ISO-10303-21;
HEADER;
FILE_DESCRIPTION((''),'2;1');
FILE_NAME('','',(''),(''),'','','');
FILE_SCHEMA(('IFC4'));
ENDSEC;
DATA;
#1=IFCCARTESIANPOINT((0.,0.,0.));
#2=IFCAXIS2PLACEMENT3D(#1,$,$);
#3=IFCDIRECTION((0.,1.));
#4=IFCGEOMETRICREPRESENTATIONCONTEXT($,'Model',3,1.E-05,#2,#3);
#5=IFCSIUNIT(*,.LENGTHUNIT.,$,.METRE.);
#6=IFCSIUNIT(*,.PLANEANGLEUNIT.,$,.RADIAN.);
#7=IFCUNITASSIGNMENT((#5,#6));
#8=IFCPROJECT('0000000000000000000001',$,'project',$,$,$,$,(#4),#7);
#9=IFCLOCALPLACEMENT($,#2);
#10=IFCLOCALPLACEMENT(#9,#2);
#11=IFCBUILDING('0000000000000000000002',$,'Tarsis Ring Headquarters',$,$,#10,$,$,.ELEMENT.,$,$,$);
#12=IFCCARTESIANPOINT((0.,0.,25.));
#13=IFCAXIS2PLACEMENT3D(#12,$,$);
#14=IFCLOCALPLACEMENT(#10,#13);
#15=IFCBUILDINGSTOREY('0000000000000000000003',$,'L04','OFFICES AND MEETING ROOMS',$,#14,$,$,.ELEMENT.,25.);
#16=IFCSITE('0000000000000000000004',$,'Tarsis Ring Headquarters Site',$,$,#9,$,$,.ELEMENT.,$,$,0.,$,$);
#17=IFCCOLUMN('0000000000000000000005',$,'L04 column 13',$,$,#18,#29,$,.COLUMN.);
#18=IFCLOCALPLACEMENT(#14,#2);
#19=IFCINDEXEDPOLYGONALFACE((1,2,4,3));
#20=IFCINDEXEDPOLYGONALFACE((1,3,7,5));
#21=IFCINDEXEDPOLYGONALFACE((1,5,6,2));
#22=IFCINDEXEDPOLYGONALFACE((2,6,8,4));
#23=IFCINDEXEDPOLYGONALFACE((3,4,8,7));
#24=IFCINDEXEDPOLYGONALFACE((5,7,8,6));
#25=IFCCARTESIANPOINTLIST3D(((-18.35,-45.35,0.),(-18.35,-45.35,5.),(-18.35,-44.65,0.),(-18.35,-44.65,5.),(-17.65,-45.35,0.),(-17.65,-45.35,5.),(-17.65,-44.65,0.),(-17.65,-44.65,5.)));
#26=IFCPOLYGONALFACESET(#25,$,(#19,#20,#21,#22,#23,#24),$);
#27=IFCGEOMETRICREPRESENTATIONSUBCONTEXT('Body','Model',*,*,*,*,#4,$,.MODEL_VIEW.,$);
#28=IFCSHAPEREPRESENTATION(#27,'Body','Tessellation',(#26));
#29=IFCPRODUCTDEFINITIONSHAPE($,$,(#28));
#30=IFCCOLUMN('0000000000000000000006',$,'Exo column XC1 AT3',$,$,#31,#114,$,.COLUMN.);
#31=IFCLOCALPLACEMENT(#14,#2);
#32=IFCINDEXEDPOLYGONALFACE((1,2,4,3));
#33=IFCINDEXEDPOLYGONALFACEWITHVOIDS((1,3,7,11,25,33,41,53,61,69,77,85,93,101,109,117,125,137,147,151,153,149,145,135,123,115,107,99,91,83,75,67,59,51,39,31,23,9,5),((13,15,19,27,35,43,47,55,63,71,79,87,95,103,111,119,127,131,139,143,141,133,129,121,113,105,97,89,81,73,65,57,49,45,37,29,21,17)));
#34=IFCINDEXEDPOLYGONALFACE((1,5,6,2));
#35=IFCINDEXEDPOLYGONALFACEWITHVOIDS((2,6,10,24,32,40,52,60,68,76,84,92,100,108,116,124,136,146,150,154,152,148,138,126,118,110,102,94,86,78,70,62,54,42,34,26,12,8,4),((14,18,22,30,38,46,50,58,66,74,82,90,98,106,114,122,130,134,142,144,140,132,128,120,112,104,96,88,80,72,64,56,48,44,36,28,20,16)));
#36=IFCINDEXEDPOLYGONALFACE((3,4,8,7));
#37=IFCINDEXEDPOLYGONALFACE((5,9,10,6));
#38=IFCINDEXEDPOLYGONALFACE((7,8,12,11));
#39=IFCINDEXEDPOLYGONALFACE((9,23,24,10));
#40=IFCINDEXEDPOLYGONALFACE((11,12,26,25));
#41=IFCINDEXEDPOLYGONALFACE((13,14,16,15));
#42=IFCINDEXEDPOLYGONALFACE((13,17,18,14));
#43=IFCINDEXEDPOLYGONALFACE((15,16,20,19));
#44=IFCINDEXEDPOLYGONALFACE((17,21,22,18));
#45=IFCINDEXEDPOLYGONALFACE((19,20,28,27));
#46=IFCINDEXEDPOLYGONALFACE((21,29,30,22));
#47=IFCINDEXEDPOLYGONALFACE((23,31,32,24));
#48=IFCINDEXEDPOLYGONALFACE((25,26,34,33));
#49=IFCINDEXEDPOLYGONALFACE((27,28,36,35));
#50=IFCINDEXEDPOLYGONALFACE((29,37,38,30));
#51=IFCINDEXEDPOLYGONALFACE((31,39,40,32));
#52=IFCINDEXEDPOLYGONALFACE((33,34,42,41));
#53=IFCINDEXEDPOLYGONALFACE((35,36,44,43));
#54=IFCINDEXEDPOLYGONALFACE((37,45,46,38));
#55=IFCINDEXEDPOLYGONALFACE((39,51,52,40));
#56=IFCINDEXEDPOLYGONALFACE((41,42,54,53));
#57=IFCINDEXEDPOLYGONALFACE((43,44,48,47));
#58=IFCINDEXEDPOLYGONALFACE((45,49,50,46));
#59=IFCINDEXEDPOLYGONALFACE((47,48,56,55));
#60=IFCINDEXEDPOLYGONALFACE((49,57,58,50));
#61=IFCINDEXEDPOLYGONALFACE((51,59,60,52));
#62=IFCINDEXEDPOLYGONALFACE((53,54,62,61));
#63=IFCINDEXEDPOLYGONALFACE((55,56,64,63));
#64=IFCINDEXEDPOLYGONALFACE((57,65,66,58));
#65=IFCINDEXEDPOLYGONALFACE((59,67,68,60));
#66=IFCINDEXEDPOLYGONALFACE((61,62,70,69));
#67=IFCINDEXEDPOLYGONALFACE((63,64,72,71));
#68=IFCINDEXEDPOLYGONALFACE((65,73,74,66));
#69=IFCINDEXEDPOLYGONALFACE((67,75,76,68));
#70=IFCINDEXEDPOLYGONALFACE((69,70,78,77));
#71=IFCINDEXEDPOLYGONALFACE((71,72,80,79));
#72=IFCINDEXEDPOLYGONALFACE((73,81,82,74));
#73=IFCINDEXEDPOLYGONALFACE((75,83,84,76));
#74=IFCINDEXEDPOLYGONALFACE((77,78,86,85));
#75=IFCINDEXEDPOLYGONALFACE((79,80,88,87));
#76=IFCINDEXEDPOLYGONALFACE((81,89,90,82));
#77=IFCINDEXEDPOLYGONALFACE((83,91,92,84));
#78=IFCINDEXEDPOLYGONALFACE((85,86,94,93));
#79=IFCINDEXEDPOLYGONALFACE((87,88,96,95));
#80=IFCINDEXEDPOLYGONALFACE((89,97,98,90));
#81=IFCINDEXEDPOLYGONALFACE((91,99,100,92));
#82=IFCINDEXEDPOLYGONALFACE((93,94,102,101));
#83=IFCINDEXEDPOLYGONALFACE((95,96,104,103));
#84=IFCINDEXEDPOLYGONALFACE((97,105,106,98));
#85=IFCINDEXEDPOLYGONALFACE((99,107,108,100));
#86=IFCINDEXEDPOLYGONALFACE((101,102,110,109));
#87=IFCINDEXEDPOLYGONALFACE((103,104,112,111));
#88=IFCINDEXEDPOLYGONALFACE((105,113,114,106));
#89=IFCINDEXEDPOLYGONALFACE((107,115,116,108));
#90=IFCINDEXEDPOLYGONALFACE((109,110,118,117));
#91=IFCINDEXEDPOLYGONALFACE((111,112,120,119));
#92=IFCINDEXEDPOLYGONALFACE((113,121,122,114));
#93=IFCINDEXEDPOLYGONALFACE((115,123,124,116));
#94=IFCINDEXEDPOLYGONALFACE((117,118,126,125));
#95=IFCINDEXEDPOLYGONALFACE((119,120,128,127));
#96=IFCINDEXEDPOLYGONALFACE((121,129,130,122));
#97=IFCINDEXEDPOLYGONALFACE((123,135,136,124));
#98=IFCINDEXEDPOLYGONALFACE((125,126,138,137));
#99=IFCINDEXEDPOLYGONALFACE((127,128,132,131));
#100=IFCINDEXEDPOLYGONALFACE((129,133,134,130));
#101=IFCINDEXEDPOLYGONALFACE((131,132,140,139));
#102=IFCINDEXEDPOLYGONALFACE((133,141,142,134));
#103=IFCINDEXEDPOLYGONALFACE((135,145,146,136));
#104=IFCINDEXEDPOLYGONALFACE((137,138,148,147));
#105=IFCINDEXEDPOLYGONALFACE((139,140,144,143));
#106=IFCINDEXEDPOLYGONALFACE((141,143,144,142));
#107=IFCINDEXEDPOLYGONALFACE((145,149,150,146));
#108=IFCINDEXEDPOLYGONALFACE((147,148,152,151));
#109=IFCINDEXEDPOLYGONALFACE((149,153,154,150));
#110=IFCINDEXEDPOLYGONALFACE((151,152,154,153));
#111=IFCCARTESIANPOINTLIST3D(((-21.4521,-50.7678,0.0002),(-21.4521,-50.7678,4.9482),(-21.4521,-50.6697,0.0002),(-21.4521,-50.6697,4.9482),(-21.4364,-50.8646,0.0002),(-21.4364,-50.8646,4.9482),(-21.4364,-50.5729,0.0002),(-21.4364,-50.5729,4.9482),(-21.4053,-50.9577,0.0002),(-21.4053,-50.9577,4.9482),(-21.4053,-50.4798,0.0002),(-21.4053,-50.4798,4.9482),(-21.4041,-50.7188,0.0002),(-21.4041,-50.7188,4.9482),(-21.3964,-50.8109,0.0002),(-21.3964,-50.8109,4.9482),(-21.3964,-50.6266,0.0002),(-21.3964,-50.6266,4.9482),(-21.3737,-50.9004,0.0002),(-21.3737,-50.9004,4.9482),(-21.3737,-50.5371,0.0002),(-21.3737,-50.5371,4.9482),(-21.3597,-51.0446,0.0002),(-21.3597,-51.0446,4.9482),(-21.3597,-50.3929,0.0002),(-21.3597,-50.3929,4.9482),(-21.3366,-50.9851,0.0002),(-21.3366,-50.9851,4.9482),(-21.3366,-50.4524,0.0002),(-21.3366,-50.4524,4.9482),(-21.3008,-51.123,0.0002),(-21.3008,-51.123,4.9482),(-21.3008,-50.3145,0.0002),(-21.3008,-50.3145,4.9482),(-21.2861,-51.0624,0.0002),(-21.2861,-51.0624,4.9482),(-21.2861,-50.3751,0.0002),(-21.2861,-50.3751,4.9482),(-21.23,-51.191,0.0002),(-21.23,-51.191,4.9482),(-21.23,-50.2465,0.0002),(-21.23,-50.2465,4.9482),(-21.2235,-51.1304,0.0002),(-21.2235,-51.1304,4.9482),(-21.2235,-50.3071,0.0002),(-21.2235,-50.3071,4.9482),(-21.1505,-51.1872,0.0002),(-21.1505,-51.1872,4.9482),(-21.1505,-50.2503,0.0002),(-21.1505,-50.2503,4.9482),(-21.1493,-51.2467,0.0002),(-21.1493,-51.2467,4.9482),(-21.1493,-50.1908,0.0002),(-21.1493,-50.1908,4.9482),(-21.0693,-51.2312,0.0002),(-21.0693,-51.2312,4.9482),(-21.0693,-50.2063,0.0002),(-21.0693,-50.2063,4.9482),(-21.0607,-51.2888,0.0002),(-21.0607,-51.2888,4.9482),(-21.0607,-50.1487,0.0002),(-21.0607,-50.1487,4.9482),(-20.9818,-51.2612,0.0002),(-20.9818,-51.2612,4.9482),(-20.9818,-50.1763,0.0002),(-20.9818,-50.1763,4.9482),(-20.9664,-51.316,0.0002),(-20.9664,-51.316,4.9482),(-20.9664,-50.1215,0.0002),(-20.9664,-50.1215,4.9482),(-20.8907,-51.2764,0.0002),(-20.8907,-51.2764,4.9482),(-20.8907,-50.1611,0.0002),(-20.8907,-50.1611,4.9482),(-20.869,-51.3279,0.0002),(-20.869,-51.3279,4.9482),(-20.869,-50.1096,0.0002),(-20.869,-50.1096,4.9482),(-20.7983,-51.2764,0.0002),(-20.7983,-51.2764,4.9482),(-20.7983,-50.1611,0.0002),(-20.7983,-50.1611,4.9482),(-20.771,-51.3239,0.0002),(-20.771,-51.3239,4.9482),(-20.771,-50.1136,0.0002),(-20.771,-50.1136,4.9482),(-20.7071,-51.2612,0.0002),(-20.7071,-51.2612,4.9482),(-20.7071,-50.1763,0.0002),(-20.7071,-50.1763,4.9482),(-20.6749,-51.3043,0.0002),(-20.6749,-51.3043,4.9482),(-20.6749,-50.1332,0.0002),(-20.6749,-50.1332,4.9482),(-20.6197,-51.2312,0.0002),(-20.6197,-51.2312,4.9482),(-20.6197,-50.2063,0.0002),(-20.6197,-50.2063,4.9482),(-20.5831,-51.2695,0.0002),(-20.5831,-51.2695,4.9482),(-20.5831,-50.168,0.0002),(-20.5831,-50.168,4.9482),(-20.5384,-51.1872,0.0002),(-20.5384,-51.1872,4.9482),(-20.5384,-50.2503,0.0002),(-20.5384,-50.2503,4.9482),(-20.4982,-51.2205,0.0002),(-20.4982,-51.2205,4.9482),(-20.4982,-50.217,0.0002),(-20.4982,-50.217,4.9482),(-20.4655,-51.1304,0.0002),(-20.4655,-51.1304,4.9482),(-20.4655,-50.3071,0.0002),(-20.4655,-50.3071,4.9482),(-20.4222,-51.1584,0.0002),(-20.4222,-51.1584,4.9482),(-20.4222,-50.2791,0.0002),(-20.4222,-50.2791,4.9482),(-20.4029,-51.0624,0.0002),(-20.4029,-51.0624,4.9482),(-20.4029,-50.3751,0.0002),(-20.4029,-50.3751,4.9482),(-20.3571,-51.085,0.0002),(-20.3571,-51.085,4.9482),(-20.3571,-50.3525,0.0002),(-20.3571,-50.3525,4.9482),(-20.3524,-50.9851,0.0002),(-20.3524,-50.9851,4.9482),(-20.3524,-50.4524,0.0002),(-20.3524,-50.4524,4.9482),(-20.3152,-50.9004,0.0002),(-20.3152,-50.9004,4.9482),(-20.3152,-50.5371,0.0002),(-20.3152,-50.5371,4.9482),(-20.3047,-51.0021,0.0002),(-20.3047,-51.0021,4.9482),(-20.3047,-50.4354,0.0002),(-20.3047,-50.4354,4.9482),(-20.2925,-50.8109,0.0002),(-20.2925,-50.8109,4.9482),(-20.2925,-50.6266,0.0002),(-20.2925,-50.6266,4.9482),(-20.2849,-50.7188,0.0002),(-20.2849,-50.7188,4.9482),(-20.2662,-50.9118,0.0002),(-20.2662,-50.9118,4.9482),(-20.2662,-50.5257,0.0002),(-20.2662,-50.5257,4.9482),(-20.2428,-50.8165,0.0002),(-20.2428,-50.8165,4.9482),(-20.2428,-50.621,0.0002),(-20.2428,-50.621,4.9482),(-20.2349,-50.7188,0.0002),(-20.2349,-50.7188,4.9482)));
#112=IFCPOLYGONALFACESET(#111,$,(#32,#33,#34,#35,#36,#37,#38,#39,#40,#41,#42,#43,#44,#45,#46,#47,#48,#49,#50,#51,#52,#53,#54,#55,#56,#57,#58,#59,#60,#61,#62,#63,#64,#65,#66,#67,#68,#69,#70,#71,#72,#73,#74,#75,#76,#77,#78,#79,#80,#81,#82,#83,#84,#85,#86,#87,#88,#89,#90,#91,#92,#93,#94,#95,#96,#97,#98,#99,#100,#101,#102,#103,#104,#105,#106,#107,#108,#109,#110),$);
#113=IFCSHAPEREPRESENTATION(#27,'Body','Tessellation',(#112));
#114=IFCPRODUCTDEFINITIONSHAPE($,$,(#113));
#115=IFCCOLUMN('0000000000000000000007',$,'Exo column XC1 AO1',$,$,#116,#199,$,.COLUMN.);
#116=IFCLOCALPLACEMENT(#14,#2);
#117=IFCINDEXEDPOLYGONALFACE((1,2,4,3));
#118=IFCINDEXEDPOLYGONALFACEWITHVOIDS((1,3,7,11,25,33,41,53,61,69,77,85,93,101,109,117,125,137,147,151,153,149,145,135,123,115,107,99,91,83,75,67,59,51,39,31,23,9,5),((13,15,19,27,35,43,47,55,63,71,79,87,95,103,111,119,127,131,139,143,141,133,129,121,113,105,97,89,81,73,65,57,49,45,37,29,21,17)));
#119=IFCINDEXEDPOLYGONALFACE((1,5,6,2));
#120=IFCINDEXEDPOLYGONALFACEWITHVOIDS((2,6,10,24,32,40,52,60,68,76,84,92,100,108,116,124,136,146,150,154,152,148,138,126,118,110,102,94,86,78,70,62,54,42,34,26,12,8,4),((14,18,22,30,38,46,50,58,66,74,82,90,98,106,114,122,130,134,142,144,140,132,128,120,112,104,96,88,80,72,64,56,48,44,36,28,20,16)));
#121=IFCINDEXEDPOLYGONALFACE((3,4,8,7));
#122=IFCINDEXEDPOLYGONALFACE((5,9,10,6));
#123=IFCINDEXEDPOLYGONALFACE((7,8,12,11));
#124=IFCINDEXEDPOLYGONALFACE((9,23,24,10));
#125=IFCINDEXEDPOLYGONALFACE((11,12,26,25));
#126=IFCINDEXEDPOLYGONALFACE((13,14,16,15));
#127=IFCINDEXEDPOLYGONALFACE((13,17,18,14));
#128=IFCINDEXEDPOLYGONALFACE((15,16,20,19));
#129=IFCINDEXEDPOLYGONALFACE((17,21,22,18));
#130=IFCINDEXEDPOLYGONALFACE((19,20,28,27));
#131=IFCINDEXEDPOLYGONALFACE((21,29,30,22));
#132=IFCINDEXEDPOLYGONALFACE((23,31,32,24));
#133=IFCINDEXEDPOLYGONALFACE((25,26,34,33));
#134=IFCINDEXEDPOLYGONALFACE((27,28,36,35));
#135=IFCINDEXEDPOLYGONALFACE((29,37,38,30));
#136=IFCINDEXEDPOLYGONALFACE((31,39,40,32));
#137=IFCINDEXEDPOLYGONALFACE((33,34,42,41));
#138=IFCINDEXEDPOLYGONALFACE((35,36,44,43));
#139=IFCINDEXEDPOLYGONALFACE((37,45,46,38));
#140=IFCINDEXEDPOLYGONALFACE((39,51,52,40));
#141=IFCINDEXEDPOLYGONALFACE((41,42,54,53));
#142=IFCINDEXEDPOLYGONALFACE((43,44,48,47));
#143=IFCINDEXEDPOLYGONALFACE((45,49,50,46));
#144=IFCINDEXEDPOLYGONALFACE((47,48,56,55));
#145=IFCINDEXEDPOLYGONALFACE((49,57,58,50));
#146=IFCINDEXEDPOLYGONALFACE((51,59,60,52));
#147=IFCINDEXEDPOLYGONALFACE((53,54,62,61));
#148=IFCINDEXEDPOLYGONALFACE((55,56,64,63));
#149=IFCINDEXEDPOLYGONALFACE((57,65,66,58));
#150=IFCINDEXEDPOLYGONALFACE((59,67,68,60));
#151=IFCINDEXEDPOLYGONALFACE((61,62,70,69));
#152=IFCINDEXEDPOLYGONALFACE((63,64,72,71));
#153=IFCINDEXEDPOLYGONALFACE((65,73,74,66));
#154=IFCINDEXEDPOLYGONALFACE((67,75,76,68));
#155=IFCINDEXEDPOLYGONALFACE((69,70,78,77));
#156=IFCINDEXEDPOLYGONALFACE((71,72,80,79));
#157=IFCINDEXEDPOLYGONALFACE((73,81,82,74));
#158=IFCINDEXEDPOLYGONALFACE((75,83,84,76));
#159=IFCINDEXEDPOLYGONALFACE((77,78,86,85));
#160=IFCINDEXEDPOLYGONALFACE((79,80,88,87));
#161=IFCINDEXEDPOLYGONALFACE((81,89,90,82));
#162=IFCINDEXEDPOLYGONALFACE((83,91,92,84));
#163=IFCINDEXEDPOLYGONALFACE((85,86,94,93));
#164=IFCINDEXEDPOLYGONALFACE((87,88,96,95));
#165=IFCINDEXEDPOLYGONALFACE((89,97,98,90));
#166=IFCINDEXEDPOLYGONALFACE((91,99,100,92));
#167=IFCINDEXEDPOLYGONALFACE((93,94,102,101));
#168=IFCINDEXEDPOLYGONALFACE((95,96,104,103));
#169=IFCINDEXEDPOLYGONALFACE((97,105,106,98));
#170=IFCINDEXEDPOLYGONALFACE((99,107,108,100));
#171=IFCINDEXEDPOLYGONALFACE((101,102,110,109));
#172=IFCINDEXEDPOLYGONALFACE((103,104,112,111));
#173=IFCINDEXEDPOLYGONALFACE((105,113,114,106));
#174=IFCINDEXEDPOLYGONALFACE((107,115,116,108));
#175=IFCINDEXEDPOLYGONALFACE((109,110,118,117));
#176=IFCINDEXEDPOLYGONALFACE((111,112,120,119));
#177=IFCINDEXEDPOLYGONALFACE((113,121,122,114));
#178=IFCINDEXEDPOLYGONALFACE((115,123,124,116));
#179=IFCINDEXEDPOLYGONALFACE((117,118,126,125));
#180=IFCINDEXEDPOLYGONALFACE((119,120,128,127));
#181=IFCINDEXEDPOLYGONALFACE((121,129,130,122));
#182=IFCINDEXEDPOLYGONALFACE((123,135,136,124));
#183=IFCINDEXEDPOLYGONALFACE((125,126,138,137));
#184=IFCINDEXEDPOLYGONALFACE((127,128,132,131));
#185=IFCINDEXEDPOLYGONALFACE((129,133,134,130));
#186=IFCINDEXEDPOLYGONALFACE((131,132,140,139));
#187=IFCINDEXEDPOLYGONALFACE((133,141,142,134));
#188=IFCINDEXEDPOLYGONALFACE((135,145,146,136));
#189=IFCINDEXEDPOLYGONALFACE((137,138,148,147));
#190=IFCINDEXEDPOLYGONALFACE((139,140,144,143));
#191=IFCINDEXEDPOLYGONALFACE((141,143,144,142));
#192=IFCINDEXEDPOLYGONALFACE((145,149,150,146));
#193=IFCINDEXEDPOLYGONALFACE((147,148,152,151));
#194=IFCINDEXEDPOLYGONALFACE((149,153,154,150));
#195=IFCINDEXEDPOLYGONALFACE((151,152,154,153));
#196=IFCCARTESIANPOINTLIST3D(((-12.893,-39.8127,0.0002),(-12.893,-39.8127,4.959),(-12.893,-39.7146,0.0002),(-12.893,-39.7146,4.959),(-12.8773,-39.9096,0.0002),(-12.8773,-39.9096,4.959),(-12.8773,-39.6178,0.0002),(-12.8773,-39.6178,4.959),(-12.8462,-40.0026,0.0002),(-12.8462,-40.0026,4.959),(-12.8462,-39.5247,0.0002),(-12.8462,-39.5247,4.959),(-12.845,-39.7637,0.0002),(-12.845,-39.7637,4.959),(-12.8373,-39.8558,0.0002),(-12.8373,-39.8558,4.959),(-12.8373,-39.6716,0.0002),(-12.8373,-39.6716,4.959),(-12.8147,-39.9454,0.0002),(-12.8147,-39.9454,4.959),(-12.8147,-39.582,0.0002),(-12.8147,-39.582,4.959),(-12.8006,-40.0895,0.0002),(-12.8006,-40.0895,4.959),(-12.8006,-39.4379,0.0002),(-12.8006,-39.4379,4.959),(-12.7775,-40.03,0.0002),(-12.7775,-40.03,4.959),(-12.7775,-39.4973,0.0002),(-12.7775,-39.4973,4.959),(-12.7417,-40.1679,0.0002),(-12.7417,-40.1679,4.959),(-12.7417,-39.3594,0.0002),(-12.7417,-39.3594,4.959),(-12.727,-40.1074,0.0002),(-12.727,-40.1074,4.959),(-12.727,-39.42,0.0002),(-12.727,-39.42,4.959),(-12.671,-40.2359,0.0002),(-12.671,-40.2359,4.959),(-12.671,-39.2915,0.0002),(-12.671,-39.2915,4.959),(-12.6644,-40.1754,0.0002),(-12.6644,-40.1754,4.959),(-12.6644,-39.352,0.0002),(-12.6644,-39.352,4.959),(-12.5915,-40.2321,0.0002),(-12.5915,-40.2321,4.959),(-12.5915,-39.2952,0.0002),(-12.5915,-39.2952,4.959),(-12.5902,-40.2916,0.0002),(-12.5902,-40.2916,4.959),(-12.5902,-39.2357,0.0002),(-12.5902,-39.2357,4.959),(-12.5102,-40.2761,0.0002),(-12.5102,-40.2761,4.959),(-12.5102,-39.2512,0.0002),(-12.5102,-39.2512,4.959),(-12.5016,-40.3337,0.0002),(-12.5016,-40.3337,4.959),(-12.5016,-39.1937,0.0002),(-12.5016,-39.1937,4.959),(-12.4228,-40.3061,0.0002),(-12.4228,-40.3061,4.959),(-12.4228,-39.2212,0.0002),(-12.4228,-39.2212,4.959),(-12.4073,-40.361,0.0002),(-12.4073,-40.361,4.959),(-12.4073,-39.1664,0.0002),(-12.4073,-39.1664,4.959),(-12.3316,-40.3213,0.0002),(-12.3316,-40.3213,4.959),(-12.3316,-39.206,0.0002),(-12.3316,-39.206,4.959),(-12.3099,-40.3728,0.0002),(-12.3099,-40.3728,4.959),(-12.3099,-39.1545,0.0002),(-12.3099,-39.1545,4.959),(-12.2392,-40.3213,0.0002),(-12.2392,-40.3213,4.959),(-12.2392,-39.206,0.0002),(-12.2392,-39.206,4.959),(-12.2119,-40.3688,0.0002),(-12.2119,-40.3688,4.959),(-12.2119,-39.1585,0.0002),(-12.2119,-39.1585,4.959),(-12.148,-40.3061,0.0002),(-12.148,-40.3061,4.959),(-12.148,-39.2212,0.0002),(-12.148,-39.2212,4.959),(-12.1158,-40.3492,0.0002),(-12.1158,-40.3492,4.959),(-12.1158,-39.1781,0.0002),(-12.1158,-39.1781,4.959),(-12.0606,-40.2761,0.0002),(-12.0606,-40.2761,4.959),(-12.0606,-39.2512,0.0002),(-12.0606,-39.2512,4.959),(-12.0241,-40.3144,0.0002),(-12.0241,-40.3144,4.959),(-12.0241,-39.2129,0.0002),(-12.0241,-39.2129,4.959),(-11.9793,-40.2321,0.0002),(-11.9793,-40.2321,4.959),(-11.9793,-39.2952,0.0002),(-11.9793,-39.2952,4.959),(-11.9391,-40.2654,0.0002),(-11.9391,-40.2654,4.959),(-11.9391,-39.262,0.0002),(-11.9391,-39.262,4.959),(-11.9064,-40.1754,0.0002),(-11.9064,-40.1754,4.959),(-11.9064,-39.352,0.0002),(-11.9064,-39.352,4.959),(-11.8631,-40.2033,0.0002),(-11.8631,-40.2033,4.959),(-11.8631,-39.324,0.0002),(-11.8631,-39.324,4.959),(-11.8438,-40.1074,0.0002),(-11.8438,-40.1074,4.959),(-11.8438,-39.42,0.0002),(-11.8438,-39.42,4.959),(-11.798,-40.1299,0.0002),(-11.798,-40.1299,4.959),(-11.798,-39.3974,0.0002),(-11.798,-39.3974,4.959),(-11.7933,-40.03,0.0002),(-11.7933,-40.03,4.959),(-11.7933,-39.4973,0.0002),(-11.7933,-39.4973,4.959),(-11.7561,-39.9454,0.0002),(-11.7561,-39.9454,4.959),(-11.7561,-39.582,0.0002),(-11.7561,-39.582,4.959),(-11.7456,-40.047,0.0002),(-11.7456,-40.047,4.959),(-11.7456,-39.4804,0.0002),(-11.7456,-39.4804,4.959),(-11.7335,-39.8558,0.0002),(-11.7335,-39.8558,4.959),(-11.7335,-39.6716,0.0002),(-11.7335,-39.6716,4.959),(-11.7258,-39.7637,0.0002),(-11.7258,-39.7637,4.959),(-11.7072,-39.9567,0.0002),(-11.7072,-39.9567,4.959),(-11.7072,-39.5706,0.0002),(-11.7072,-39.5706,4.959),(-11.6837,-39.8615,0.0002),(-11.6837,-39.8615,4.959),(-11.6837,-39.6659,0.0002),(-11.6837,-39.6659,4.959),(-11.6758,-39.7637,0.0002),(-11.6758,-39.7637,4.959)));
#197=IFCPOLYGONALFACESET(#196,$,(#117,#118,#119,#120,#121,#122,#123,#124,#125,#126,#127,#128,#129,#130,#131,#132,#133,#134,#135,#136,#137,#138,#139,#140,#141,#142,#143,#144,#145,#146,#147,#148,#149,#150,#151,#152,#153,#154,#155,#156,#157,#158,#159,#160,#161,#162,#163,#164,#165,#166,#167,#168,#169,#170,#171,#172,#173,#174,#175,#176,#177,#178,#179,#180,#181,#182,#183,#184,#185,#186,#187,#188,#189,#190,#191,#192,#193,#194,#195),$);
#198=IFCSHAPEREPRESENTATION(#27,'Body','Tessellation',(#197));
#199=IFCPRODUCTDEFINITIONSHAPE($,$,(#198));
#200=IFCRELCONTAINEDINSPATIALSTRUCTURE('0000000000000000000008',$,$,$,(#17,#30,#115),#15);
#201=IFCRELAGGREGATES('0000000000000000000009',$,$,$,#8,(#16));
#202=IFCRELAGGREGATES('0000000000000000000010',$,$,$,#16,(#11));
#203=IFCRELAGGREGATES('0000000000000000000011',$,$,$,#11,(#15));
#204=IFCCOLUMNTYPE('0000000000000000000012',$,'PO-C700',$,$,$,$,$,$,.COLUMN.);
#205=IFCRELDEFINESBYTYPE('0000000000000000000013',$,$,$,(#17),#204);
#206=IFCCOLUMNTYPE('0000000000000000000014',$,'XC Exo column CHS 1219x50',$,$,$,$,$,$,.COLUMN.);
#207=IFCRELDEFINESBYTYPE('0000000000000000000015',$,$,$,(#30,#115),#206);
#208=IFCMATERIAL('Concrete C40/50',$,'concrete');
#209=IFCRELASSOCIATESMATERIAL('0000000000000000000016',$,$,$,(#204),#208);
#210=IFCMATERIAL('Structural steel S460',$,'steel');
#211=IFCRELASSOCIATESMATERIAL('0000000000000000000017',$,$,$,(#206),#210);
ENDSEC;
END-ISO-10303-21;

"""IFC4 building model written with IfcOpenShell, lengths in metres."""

from ifc_helpers import new_model, si_unit, direction, frame, origin, origin_2d, place, context, subcontext, project, spatial, rectangle, hollow_circle, extrude, material, material_profile, profile_set, type_object, element, save


model = new_model("IFC4")

# Units and contexts
model_context = context("Model", 3, precision=1e-05, world=origin(), true_north=direction((0.0, 1.0)))
body_context = subcontext(model_context, "Body", "Model", "MODEL_VIEW")
ifc_project = project(units=[si_unit("LENGTHUNIT", "METRE"), si_unit("PLANEANGLEUNIT", "RADIAN")], contexts=[model_context])

# Site, building, storey
site_placement = place(None, origin())
site = spatial("IfcSite", under=ifc_project, at=site_placement, Name="Tarsis Ring Headquarters Site", CompositionType="ELEMENT", RefElevation=0.0)
building_placement = place(site_placement, origin())
building = spatial("IfcBuilding", under=site, at=building_placement, Name="Tarsis Ring Headquarters", CompositionType="ELEMENT")
storey_placement = place(building_placement, frame((0.0, 0.0, 25.0)))
storey = spatial("IfcBuildingStorey", under=building, at=storey_placement, Name="L04", Description="OFFICES AND MEETING ROOMS", CompositionType="ELEMENT", Elevation=25.0)

# Columns
ifc_material_1 = material(Name="Concrete C40/50", Category="concrete")
ifc_material_profile_1 = material_profile(ifc_material_1, rectangle(XDim=0.7, YDim=0.7, at=origin_2d()), Name="PO-C700")
ifc_profile_set_1 = profile_set([ifc_material_profile_1], Name="Concrete C40/50")
column_type_1 = type_object("IfcColumnType", Name="PO-C700", PredefinedType="COLUMN", material=ifc_profile_set_1)
column_1_placement = place(storey_placement, frame((-18.0, -45.0, 0.0), z_axis=(0.0, 0.0, 1.0), x_axis=(1.0, 0.0, 0.0)))
element("IfcColumn", 1, at=column_1_placement, inside=storey, type_object=column_type_1, Name="L04 column 13", PredefinedType="COLUMN", context=body_context, shape_type="SweptSolid", body=[
    extrude(rectangle(XDim=0.7, YDim=0.7, at=origin_2d()), origin(), (0.0, 0.0, 1.0), 5.0),
])
ifc_material_2 = material(Name="Structural steel S460", Category="steel")
ifc_material_profile_2 = material_profile(ifc_material_2, hollow_circle(Radius=0.6096, WallThickness=0.05, at=origin_2d()), Name="CHS 1219x50")
ifc_profile_set_2 = profile_set([ifc_material_profile_2], Name="Structural steel S460")
column_type_2 = type_object("IfcColumnType", Name="XC Exo column CHS 1219x50", PredefinedType="COLUMN", material=ifc_profile_set_2)
column_2_placement = place(storey_placement, frame((-20.8445, -50.7188, 0.0002), z_axis=(0.0, 0.0, 1.0), x_axis=(1.0, 0.0, 0.0)))
element("IfcColumn", 2, at=column_2_placement, inside=storey, type_object=column_type_2, Name="Exo column XC1 AT3", PredefinedType="COLUMN", context=body_context, shape_type="SweptSolid", body=[
    extrude(hollow_circle(Radius=0.6096, WallThickness=0.05, at=origin_2d()), origin(), (0.0, 0.0, 1.0), 4.948),
])
column_3_placement = place(storey_placement, frame((-12.2854, -39.7637, 0.0002), z_axis=(0.0, 0.0, 1.0), x_axis=(1.0, 0.0, 0.0)))
element("IfcColumn", 3, at=column_3_placement, inside=storey, type_object=column_type_2, Name="Exo column XC1 AO1", PredefinedType="COLUMN", context=body_context, shape_type="SweptSolid", body=[
    extrude(hollow_circle(Radius=0.6096, WallThickness=0.05, at=origin_2d()), origin(), (0.0, 0.0, 1.0), 4.9587),
])

save(model, "model.ifc")
